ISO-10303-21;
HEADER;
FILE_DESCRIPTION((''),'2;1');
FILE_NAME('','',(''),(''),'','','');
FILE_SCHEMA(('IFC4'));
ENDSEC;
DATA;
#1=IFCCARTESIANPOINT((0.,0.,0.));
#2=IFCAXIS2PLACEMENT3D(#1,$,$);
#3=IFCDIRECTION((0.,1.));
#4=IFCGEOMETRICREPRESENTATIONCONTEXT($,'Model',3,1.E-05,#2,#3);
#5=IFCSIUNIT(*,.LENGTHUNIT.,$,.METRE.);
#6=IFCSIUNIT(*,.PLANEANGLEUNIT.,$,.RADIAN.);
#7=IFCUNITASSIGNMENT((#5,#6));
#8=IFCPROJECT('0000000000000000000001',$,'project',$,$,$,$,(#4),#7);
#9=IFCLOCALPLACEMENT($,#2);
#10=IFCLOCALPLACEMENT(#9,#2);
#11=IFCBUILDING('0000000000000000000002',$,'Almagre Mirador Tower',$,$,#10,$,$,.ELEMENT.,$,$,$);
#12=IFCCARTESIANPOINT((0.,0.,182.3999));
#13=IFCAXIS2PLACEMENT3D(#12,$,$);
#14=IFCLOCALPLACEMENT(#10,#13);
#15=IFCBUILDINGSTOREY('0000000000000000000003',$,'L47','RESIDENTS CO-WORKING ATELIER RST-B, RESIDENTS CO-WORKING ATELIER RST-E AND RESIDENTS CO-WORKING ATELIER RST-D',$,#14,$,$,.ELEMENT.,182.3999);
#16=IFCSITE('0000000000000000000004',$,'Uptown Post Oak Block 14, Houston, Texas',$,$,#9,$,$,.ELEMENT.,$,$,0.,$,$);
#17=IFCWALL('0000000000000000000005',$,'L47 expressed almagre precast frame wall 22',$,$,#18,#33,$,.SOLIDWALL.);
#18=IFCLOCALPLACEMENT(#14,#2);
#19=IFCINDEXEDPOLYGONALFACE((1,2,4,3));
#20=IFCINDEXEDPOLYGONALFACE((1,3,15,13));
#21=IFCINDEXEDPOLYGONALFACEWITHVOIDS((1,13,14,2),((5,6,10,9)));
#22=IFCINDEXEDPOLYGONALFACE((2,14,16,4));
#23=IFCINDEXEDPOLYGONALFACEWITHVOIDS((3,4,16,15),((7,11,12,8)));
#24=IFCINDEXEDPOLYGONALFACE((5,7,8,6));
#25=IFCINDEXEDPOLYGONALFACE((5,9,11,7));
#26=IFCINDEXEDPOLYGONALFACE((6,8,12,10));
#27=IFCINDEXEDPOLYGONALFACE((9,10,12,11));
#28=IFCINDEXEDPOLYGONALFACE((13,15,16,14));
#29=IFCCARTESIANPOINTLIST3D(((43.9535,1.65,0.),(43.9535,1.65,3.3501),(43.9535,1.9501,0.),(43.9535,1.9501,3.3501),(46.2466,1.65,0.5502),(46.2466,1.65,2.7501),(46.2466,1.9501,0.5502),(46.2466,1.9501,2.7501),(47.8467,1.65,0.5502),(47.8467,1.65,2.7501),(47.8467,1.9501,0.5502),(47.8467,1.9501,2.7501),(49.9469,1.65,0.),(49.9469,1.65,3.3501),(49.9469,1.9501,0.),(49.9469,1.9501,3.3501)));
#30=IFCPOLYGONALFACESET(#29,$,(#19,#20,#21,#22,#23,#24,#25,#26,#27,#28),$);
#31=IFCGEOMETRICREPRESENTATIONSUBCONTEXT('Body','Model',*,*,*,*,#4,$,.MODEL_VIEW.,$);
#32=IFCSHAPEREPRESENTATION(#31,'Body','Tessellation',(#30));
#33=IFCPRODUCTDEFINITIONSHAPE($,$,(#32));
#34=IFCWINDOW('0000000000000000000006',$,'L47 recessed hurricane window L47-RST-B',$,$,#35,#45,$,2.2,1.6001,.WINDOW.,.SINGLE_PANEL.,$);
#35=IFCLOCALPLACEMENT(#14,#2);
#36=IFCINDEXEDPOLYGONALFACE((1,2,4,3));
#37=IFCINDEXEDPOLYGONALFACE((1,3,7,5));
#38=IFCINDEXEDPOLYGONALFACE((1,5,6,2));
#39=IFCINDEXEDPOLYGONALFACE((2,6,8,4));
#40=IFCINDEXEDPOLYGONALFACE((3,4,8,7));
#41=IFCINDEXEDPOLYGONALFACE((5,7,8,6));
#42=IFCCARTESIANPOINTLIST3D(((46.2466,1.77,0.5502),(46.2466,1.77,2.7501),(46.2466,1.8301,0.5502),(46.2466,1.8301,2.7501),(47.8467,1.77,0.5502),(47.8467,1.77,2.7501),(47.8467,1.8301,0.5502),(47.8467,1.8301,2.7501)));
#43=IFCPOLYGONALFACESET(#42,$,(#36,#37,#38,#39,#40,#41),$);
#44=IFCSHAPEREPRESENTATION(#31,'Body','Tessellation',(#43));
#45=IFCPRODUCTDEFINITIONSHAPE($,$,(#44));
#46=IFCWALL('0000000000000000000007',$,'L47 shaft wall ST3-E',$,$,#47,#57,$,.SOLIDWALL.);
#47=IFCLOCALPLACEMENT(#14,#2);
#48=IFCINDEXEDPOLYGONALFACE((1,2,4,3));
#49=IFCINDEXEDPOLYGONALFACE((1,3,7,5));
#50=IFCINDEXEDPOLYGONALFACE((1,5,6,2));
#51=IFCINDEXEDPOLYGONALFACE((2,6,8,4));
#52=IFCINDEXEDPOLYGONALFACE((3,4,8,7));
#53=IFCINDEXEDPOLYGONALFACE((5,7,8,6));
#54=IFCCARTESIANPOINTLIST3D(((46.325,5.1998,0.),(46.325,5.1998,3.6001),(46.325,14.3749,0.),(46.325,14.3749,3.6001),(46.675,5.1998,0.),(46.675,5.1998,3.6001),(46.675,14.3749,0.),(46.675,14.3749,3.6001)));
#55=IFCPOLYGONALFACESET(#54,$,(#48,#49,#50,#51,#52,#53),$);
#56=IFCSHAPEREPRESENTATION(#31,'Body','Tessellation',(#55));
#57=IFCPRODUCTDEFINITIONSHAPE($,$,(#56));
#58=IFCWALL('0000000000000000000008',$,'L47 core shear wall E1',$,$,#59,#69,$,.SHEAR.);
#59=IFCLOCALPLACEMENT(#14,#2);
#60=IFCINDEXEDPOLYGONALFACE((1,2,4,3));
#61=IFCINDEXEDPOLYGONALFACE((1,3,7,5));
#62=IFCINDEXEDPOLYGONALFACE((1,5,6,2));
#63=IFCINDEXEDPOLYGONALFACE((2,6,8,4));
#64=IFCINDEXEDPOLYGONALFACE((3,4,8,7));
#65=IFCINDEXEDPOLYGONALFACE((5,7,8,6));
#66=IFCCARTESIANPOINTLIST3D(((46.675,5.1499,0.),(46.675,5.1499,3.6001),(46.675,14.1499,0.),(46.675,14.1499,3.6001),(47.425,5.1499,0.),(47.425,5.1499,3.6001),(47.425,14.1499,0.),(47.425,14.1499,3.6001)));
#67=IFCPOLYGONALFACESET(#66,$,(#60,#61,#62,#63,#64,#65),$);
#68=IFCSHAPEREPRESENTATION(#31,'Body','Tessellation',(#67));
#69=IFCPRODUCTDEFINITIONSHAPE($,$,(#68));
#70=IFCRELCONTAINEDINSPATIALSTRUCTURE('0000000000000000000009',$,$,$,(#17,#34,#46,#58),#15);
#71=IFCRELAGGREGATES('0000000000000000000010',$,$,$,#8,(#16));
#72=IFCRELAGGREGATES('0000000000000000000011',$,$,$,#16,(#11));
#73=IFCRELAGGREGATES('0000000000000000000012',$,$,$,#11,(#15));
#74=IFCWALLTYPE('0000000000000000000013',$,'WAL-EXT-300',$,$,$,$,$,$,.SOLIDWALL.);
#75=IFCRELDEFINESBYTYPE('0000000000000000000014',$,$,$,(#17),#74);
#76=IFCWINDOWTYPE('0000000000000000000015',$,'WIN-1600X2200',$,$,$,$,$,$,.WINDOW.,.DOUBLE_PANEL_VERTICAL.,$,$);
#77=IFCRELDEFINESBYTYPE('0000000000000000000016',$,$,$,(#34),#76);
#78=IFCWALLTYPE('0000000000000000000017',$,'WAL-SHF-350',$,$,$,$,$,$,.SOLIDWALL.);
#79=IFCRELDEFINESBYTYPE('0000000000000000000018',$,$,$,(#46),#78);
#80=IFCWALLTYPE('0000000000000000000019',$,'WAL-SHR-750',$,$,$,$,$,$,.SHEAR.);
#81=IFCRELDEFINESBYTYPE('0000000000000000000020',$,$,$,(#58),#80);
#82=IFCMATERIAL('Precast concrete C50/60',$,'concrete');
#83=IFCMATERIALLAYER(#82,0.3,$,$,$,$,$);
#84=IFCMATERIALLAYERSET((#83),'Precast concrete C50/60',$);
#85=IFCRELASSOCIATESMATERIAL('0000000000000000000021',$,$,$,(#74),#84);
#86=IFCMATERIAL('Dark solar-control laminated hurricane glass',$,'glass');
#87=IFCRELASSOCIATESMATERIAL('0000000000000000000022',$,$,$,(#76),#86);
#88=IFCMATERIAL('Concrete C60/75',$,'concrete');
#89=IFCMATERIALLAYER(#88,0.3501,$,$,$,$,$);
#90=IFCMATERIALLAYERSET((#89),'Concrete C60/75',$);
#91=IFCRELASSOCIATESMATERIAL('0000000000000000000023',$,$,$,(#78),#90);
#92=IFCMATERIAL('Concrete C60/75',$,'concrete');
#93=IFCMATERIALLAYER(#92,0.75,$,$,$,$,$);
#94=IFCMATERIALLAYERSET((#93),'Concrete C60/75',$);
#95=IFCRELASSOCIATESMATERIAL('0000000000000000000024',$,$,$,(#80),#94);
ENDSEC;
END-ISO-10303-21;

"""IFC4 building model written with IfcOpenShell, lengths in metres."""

from ifc_helpers import new_model, si_unit, direction, frame, frame_2d, origin, place, context, subcontext, project, spatial, rectangle, extrude, material, layer, layer_set, type_object, element, fill, save


model = new_model("IFC4")

# Units and contexts
model_context = context("Model", 3, precision=1e-05, world=origin(), true_north=direction((0.0, 1.0)))
body_context = subcontext(model_context, "Body", "Model", "MODEL_VIEW")
ifc_project = project(units=[si_unit("LENGTHUNIT", "METRE"), si_unit("PLANEANGLEUNIT", "RADIAN")], contexts=[model_context])

# Site, building, storey
site_placement = place(None, origin())
site = spatial("IfcSite", under=ifc_project, at=site_placement, Name="Uptown Post Oak Block 14, Houston, Texas", CompositionType="ELEMENT", RefElevation=0.0)
building_placement = place(site_placement, origin())
building = spatial("IfcBuilding", under=site, at=building_placement, Name="Almagre Mirador Tower", CompositionType="ELEMENT")
storey_placement = place(building_placement, frame((0.0, 0.0, 182.3999)))
storey = spatial("IfcBuildingStorey", under=building, at=storey_placement, Name="L47", Description="RESIDENTS CO-WORKING ATELIER RST-B, RESIDENTS CO-WORKING ATELIER RST-E AND RESIDENTS CO-WORKING ATELIER RST-D", CompositionType="ELEMENT", Elevation=182.3999)

# Shared definitions
ifc_material_1 = material(Name="Precast concrete C50/60", Category="concrete")
ifc_layer_1 = layer(ifc_material_1, 0.3)
ifc_layer_set_1 = layer_set([ifc_layer_1], Name="Precast concrete C50/60")
wall_type_1 = type_object("IfcWallType", Name="WAL-EXT-300", PredefinedType="SOLIDWALL", material=ifc_layer_set_1)

# Wall, opening, window
wall_1_placement = place(storey_placement, frame((49.9468, 1.8, 0.0), z_axis=(0.0, 0.0, 1.0), x_axis=(-1.0, 0.0, 0.0)))
wall_1 = element("IfcWall", 1, at=wall_1_placement, inside=storey, type_object=wall_type_1, Name="L47 expressed almagre precast frame wall 22", PredefinedType="SOLIDWALL", context=body_context, shape_type="SweptSolid", body=[
    extrude(rectangle(XDim=5.9934, YDim=0.3, at=frame_2d((2.9966, 0.0))), origin(), (0.0, 0.0, 1.0), 3.3501),
])
opening_1_placement = place(wall_1_placement, frame((2.1001, 0.0, 0.55)))
opening_1 = element("IfcOpeningElement", 2, at=opening_1_placement, cuts=wall_1, PredefinedType="OPENING", context=body_context, shape_type="SweptSolid", body=[
    extrude(rectangle(XDim=1.6001, YDim=2.2, at=frame_2d((0.8, 1.1001))), frame((0.0, 0.1599, 0.0), z_axis=(0.0, -1.0, 0.0), x_axis=(1.0, 0.0, 0.0)), (0.0, 0.0, 1.0), 0.32),
])
ifc_material_2 = material(Name="Dark solar-control laminated hurricane glass", Category="glass")
window_type_1 = type_object("IfcWindowType", Name="WIN-1600X2200", PartitioningType="DOUBLE_PANEL_VERTICAL", PredefinedType="WINDOW", material=ifc_material_2)
window_1_placement = place(opening_1_placement, origin())
window_1 = element("IfcWindow", 3, at=window_1_placement, inside=storey, type_object=window_type_1, Name="L47 recessed hurricane window L47-RST-B", OverallHeight=2.2, OverallWidth=1.6001, PartitioningType="SINGLE_PANEL", PredefinedType="WINDOW", context=body_context, shape_type="SweptSolid", body=[
    extrude(rectangle(XDim=1.6001, YDim=2.2, at=frame_2d((0.8, 1.1001))), frame((0.0, 0.03, 0.0), z_axis=(0.0, -1.0, 0.0), x_axis=(1.0, 0.0, 0.0)), (0.0, 0.0, 1.0), 0.0601),
])
fill(opening_1, window_1)

# Walls
ifc_material_3 = material(Name="Concrete C60/75", Category="concrete")
ifc_layer_2 = layer(ifc_material_3, 0.3501)
ifc_layer_set_2 = layer_set([ifc_layer_2], Name="Concrete C60/75")
wall_type_2 = type_object("IfcWallType", Name="WAL-SHF-350", PredefinedType="SOLIDWALL", material=ifc_layer_set_2)
wall_2_placement = place(storey_placement, frame((46.5, 5.2, 0.0), z_axis=(0.0, 0.0, 1.0), x_axis=(0.0, 1.0, 0.0)))
element("IfcWall", 4, at=wall_2_placement, inside=storey, type_object=wall_type_2, Name="L47 shaft wall ST3-E", PredefinedType="SOLIDWALL", context=body_context, shape_type="SweptSolid", body=[
    extrude(rectangle(XDim=9.175, YDim=0.3501, at=frame_2d((4.5874, 0.0))), origin(), (0.0, 0.0, 1.0), 3.6001),
])
ifc_material_4 = material(Name="Concrete C60/75", Category="concrete")
ifc_layer_3 = layer(ifc_material_4, 0.75)
ifc_layer_set_3 = layer_set([ifc_layer_3], Name="Concrete C60/75")
wall_type_3 = type_object("IfcWallType", Name="WAL-SHR-750", PredefinedType="SHEAR", material=ifc_layer_set_3)
wall_3_placement = place(storey_placement, frame((47.05, 5.1499, 0.0), z_axis=(0.0, 0.0, 1.0), x_axis=(0.0, 1.0, 0.0)))
element("IfcWall", 5, at=wall_3_placement, inside=storey, type_object=wall_type_3, Name="L47 core shear wall E1", PredefinedType="SHEAR", context=body_context, shape_type="SweptSolid", body=[
    extrude(rectangle(XDim=9.0, YDim=0.75, at=frame_2d((4.5, 0.0))), origin(), (0.0, 0.0, 1.0), 3.6001),
])

save(model, "model.ifc")
